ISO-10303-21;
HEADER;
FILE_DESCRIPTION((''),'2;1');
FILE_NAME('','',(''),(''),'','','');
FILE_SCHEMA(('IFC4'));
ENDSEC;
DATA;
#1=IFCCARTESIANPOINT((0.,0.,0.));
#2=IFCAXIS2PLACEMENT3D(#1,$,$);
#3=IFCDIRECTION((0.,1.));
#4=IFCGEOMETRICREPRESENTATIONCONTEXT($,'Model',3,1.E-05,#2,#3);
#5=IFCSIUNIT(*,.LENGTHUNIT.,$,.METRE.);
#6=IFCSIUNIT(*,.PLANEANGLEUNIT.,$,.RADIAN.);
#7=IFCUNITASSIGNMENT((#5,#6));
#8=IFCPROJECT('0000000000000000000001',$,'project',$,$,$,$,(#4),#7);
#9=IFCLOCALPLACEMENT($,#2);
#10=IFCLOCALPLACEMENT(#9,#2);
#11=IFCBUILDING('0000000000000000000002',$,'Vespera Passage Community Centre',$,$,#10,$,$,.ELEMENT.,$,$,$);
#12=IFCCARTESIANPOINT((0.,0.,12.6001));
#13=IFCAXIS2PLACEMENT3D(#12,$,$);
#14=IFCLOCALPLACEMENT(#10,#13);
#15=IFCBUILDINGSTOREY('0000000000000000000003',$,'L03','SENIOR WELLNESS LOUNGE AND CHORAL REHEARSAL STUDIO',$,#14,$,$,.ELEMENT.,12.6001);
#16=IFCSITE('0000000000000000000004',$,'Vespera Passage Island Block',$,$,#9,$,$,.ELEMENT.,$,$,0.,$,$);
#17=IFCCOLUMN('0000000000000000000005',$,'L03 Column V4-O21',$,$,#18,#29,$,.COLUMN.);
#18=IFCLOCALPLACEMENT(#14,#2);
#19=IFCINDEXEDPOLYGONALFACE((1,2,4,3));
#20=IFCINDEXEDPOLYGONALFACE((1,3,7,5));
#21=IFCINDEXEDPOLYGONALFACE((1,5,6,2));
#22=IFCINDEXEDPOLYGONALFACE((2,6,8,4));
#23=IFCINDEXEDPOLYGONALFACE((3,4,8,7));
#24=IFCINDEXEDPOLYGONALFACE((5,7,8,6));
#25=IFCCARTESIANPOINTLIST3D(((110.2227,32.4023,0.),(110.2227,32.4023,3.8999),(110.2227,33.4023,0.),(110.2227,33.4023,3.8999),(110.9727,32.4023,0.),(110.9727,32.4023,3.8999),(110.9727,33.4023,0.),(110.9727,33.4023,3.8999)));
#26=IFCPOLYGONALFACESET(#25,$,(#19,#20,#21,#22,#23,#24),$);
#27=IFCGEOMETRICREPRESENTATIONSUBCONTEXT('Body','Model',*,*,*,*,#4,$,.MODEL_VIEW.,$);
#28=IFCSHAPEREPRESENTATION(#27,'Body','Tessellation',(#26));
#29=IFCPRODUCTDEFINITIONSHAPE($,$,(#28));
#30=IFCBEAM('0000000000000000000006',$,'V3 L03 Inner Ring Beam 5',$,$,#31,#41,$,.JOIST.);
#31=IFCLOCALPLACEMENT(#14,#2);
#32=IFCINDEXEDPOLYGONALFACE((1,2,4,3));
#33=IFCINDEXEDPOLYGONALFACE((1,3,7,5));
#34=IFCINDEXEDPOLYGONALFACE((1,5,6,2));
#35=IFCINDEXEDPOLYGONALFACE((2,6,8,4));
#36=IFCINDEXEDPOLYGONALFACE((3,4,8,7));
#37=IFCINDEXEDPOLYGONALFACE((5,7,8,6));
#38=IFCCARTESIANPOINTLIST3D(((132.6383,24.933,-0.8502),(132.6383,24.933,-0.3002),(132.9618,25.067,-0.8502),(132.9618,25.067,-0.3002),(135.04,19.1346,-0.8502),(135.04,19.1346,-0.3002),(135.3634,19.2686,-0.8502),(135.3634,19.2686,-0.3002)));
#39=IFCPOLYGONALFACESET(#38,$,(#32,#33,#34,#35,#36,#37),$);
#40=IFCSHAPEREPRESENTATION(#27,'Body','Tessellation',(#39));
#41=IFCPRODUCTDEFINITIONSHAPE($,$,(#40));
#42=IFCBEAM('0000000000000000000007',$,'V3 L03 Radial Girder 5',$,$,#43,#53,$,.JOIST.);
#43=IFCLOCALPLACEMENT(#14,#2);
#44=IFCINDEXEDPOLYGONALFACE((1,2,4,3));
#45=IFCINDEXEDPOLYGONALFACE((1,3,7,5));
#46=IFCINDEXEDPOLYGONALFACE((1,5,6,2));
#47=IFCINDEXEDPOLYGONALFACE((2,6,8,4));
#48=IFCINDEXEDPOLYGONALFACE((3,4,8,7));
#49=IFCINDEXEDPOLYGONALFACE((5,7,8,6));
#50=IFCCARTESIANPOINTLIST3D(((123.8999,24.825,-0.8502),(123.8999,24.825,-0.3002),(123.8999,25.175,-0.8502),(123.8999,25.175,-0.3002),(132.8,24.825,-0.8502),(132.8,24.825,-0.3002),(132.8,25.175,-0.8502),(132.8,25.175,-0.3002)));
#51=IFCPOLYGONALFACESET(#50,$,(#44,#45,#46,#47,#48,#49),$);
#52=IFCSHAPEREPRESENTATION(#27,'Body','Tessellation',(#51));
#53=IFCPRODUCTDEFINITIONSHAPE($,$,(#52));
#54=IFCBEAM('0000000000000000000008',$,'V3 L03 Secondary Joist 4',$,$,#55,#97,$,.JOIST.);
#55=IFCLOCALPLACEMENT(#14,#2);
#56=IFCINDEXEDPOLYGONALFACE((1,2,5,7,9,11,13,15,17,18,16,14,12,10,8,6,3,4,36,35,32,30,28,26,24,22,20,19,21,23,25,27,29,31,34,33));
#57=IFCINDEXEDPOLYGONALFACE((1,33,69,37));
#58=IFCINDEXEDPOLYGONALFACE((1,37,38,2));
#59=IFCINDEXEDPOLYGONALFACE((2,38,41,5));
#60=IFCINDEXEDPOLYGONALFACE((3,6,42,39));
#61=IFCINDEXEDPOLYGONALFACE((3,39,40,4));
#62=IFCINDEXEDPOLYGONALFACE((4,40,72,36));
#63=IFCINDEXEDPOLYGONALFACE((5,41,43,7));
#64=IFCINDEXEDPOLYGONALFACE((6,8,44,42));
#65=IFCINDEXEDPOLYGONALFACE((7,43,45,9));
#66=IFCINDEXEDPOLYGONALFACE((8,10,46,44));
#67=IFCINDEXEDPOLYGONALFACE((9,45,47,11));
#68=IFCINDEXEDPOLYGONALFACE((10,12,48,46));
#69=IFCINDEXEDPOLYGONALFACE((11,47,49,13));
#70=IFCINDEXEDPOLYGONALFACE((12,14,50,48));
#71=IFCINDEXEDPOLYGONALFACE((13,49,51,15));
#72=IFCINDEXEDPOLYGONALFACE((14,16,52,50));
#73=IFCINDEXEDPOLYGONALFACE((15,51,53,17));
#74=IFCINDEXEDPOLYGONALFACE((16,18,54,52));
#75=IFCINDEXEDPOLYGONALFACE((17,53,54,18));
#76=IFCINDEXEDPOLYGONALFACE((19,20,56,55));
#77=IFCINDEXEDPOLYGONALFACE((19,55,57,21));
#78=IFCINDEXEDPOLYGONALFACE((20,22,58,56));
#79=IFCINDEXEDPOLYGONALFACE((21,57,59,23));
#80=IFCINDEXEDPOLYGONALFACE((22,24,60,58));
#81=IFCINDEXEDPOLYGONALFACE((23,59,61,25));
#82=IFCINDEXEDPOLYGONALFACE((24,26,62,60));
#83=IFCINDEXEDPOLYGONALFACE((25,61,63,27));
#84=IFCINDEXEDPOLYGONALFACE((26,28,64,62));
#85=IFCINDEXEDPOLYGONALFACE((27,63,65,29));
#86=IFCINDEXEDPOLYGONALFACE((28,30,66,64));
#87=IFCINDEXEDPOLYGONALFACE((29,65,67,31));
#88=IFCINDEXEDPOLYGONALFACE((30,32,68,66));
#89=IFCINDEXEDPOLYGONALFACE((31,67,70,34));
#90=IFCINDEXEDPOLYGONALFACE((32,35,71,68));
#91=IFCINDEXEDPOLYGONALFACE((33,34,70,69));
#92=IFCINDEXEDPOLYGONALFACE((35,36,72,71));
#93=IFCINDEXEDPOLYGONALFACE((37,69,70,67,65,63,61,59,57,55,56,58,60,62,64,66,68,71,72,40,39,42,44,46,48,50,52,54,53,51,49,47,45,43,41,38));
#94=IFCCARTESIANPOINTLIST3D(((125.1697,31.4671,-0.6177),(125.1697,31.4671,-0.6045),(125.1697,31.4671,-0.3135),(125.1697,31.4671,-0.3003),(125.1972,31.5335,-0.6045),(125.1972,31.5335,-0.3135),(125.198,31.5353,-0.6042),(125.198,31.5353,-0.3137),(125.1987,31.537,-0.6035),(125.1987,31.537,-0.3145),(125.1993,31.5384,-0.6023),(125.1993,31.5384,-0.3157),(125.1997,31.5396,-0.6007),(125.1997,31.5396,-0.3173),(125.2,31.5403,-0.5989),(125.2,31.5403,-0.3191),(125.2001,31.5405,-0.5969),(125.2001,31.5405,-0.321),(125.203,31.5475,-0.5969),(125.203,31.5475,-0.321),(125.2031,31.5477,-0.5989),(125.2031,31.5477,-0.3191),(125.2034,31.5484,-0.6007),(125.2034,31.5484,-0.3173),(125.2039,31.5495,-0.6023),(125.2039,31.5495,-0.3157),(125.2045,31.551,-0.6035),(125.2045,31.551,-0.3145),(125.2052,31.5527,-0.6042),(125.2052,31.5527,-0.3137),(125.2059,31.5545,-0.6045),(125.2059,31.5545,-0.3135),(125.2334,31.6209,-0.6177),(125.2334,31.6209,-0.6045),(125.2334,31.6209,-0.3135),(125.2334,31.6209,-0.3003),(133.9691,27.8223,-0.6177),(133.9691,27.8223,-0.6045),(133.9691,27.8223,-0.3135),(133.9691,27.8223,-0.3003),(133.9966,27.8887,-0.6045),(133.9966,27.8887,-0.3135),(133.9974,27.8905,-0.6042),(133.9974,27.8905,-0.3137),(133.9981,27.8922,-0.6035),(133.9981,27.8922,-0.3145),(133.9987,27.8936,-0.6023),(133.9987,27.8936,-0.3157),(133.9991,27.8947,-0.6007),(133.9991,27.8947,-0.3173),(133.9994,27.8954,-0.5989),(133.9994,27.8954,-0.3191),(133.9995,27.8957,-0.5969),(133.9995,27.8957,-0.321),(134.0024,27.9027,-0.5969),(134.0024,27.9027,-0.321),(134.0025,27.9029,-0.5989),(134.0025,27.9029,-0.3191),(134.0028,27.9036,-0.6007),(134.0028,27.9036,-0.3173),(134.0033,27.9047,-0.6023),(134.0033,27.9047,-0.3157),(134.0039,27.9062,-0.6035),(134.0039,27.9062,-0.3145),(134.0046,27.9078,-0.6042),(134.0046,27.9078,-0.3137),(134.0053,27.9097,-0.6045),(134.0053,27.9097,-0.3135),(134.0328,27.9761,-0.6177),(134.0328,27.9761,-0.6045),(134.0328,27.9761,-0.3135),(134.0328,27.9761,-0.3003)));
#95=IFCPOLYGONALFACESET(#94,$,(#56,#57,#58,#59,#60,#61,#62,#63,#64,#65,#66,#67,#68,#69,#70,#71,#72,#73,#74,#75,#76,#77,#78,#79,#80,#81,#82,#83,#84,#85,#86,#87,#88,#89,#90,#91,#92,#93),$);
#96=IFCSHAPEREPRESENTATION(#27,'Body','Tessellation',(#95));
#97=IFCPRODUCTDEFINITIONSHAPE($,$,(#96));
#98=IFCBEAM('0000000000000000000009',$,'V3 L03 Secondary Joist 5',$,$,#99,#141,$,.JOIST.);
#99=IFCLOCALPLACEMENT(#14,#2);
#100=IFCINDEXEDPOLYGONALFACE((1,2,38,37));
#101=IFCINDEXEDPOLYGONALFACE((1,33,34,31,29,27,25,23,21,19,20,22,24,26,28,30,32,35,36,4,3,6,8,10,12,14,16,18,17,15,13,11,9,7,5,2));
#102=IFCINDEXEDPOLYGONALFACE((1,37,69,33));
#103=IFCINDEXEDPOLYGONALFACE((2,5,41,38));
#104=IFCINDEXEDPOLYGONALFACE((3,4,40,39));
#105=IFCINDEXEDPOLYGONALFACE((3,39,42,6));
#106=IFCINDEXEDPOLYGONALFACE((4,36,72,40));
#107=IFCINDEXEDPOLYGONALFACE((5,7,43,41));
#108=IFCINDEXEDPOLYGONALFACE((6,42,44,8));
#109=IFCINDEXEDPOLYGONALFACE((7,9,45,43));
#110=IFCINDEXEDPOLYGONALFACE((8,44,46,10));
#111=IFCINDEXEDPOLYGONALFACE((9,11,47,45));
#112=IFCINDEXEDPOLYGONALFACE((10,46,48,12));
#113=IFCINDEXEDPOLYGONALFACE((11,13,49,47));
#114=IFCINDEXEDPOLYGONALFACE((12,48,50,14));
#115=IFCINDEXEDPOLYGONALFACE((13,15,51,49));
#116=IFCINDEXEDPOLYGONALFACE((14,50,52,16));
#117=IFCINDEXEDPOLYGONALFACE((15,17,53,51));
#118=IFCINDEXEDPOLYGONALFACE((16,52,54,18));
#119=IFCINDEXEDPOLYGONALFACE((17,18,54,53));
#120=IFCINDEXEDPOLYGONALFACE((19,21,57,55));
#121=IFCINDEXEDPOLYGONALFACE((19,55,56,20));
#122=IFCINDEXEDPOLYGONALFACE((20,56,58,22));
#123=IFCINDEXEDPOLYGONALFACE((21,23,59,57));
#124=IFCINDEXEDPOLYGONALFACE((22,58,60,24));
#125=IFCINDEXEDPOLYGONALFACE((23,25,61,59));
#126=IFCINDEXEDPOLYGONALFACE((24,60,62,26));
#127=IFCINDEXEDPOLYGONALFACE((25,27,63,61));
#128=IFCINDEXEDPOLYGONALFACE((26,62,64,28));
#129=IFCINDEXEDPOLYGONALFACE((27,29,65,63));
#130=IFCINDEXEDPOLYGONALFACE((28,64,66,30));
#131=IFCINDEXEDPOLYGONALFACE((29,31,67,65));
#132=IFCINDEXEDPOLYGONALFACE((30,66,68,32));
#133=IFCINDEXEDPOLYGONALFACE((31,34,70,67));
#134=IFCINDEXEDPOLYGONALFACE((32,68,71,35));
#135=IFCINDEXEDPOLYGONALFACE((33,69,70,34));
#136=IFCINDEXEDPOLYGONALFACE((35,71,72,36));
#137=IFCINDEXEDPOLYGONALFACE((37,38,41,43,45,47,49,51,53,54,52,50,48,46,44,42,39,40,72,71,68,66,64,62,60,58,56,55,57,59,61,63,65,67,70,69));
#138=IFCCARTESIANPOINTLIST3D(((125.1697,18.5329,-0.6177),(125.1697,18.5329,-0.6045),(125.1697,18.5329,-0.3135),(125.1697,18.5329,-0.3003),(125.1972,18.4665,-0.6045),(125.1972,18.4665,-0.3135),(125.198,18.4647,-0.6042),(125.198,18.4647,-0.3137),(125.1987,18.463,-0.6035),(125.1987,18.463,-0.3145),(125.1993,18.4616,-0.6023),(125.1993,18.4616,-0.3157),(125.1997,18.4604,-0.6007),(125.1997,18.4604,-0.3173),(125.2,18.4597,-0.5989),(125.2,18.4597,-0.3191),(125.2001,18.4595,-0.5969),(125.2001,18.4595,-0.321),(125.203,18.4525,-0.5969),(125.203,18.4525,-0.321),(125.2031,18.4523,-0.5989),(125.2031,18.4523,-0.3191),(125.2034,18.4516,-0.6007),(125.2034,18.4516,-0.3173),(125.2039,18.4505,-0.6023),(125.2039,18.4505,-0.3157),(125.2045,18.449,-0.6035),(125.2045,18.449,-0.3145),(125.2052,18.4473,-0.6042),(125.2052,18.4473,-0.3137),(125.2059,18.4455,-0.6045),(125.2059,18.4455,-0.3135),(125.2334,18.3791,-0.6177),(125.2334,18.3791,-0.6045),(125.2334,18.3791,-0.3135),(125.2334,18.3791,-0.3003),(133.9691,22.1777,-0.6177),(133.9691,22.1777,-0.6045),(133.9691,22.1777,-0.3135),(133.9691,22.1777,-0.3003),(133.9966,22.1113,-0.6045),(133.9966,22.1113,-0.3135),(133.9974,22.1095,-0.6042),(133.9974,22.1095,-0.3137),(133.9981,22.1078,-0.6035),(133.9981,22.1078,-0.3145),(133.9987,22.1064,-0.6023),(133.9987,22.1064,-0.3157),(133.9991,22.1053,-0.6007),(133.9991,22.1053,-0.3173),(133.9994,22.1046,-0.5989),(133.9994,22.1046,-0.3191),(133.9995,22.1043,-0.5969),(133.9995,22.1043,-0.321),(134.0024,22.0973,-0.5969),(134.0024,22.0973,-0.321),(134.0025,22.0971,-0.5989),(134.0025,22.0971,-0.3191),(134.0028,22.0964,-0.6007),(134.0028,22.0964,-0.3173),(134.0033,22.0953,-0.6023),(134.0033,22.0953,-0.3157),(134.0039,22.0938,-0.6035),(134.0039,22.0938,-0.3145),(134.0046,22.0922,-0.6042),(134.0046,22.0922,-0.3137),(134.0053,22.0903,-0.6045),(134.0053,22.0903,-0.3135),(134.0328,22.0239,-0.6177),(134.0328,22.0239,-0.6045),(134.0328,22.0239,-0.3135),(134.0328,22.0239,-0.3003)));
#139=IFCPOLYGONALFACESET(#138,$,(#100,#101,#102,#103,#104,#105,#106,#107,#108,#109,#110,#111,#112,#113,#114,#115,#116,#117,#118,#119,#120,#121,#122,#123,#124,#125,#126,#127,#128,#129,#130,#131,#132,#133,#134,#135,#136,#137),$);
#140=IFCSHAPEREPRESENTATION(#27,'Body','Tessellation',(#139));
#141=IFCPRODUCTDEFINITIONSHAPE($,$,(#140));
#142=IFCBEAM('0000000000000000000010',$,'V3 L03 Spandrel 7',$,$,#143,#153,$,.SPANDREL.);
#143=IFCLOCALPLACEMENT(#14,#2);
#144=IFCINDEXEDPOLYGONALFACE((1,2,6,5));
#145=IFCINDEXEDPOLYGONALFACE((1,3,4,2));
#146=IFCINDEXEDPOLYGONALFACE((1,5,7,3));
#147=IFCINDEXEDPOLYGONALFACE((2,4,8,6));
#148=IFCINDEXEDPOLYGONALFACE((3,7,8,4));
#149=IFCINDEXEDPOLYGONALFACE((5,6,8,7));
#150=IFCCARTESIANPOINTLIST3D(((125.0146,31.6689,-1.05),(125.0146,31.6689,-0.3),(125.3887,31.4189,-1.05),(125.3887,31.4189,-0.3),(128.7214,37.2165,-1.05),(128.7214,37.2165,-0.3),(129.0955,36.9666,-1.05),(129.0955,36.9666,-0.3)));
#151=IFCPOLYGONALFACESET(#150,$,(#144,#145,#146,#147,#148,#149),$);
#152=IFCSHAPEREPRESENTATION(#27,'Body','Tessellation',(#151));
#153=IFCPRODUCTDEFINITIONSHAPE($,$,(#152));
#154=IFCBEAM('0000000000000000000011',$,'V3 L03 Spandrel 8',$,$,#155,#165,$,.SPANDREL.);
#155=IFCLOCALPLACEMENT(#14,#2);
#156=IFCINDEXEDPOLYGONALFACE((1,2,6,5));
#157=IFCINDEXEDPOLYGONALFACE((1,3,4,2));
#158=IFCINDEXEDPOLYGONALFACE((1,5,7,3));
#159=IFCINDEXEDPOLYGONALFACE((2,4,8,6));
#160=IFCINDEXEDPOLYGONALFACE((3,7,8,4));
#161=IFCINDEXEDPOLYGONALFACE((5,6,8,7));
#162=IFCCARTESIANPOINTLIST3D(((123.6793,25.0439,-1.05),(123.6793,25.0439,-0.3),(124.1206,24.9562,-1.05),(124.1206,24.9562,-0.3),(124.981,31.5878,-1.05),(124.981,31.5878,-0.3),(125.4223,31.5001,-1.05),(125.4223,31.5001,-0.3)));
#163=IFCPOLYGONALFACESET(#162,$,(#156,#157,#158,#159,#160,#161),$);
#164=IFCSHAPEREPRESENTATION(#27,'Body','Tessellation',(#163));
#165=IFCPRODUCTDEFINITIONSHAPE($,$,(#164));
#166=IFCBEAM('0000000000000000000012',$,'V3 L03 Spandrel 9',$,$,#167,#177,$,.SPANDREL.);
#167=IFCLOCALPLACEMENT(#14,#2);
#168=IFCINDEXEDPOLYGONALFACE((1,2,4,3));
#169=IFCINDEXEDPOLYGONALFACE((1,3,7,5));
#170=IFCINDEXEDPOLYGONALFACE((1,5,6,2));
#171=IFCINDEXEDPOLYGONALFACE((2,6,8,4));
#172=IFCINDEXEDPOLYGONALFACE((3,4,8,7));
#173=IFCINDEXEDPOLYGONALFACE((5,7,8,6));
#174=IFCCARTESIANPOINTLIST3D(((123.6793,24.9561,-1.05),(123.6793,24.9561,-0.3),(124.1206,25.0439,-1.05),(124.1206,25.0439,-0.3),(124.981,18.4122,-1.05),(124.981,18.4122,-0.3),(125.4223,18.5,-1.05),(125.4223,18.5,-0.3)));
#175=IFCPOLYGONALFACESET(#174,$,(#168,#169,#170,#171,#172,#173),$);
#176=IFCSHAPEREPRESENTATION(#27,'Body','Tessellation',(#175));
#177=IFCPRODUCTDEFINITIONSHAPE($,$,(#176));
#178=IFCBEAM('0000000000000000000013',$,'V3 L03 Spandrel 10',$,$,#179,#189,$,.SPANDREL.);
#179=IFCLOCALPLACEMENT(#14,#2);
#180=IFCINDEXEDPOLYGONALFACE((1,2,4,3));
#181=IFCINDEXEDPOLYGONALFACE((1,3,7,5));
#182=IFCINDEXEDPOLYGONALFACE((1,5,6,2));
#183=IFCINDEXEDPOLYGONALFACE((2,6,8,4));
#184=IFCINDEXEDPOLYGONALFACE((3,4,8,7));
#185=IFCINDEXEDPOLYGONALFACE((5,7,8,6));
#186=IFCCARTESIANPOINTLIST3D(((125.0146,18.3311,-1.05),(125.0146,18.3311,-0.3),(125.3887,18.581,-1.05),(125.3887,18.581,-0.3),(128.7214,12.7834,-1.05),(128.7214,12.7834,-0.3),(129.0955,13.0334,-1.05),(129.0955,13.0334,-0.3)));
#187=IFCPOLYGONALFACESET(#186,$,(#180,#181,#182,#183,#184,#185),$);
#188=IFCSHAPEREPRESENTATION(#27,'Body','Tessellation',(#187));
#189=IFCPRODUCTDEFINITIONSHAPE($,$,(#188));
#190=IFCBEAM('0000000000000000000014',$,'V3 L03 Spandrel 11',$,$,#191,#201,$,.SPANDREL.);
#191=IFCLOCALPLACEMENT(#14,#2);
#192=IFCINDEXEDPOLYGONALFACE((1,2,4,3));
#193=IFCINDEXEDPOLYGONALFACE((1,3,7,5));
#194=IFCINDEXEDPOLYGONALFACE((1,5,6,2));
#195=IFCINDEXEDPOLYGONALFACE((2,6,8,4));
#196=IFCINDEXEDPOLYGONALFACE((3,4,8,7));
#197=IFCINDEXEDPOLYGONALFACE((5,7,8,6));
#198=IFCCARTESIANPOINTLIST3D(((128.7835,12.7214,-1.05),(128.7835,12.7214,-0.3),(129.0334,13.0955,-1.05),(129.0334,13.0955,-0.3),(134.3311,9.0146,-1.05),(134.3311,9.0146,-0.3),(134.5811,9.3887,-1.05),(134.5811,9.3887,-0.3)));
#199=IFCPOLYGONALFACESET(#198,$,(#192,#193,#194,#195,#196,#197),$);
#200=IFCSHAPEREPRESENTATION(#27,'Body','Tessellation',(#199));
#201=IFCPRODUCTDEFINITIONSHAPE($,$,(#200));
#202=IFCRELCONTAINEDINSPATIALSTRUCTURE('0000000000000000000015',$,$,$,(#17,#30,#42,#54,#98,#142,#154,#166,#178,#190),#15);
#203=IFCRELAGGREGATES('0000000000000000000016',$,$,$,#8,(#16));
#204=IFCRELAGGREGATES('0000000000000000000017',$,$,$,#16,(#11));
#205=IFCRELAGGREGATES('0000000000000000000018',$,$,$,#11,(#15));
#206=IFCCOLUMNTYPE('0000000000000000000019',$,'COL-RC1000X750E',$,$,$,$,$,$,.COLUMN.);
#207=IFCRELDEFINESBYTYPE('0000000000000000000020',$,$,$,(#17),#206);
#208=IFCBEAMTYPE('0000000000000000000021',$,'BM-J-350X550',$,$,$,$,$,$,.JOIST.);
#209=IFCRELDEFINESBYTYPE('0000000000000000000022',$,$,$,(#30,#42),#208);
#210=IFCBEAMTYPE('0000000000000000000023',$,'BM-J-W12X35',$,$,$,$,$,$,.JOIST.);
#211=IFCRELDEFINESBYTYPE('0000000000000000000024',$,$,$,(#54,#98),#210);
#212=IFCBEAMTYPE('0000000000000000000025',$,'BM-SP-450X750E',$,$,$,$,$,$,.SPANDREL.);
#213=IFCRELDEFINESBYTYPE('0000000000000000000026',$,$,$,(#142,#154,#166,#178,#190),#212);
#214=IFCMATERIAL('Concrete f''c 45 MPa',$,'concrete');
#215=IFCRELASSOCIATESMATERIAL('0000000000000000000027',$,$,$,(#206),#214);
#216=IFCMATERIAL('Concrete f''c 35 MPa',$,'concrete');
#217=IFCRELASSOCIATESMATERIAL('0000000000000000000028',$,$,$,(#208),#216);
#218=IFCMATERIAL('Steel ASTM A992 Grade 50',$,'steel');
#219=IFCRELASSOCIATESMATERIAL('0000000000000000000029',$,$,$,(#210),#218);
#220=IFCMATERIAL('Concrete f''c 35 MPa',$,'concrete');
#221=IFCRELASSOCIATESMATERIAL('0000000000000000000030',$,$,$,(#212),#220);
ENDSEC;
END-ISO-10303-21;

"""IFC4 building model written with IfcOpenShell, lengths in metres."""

from ifc_helpers import new_model, si_unit, direction, frame, origin, origin_2d, place, context, subcontext, project, spatial, rectangle, i_section, extrude, material, material_profile, profile_set, type_object, element, save


model = new_model("IFC4")

# Units and contexts
model_context = context("Model", 3, precision=1e-05, world=origin(), true_north=direction((0.0, 1.0)))
body_context = subcontext(model_context, "Body", "Model", "MODEL_VIEW")
ifc_project = project(units=[si_unit("LENGTHUNIT", "METRE"), si_unit("PLANEANGLEUNIT", "RADIAN")], contexts=[model_context])

# Site, building, storey
site_placement = place(None, origin())
site = spatial("IfcSite", under=ifc_project, at=site_placement, Name="Vespera Passage Island Block", CompositionType="ELEMENT", RefElevation=0.0)
building_placement = place(site_placement, origin())
building = spatial("IfcBuilding", under=site, at=building_placement, Name="Vespera Passage Community Centre", CompositionType="ELEMENT")
storey_placement = place(building_placement, frame((0.0, 0.0, 12.6001)))
storey = spatial("IfcBuildingStorey", under=building, at=storey_placement, Name="L03", Description="SENIOR WELLNESS LOUNGE AND CHORAL REHEARSAL STUDIO", CompositionType="ELEMENT", Elevation=12.6001)

# Column
ifc_material_1 = material(Name="Concrete f'c 45 MPa", Category="concrete")
ifc_material_profile_1 = material_profile(ifc_material_1, rectangle(XDim=0.75, YDim=1.0, at=origin_2d()), Name="RC1000X750")
ifc_profile_set_1 = profile_set([ifc_material_profile_1], Name="Concrete f'c 45 MPa")
column_type = type_object("IfcColumnType", Name="COL-RC1000X750E", PredefinedType="COLUMN", material=ifc_profile_set_1)
column_placement = place(storey_placement, frame((110.5977, 32.9023, 0.0), z_axis=(0.0, 0.0, 1.0), x_axis=(1.0, 0.0, 0.0)))
element("IfcColumn", 1, at=column_placement, inside=storey, type_object=column_type, Name="L03 Column V4-O21", PredefinedType="COLUMN", context=body_context, shape_type="SweptSolid", body=[
    extrude(rectangle(XDim=0.75, YDim=1.0, at=origin_2d()), origin(), (0.0, 0.0, 1.0), 3.8999),
])

# Beams
ifc_material_2 = material(Name="Concrete f'c 35 MPa", Category="concrete")
ifc_material_profile_2 = material_profile(ifc_material_2, rectangle(XDim=0.3501, YDim=0.55, at=origin_2d()), Name="RC350X550")
ifc_profile_set_2 = profile_set([ifc_material_profile_2], Name="Concrete f'c 35 MPa")
beam_type_1 = type_object("IfcBeamType", Name="BM-J-350X550", PredefinedType="JOIST", material=ifc_profile_set_2)
beam_1_placement = place(storey_placement, frame((132.8, 25.0, -0.5752), z_axis=(0.382664, -0.923887, 0.0), x_axis=(0.923887, 0.382664, 0.0)))
element("IfcBeam", 2, at=beam_1_placement, inside=storey, type_object=beam_type_1, Name="V3 L03 Inner Ring Beam 5", PredefinedType="JOIST", context=body_context, shape_type="SweptSolid", body=[
    extrude(rectangle(XDim=0.3501, YDim=0.55, at=origin_2d()), origin(), (0.0, 0.0, 1.0), 6.2761),
])
beam_2_placement = place(storey_placement, frame((132.8, 25.0, -0.5752), z_axis=(-1.0, 0.0, 0.0), x_axis=(0.0, -1.0, 0.0)))
element("IfcBeam", 3, at=beam_2_placement, inside=storey, type_object=beam_type_1, Name="V3 L03 Radial Girder 5", PredefinedType="JOIST", context=body_context, shape_type="SweptSolid", body=[
    extrude(rectangle(XDim=0.3501, YDim=0.55, at=origin_2d()), origin(), (0.0, 0.0, 1.0), 8.9001),
])
ifc_material_3 = material(Name="Steel ASTM A992 Grade 50", Category="steel")
ifc_material_profile_3 = material_profile(ifc_material_3, i_section(OverallWidth=0.1665, OverallDepth=0.3174, WebThickness=0.0076, FlangeThickness=0.0132, FilletRadius=0.0076, at=origin_2d()), Name="W12X35")
ifc_profile_set_3 = profile_set([ifc_material_profile_3], Name="Steel ASTM A992 Grade 50")
beam_type_2 = type_object("IfcBeamType", Name="BM-J-W12X35", PredefinedType="JOIST", material=ifc_profile_set_3)
for number, where, z_axis, x_axis, name in (
    (4, (134.001, 27.8992, -0.459), (-0.92388, 0.382682, 0.0), (-0.382682, -0.92388, 0.0), "V3 L03 Secondary Joist 4"),
    (5, (134.001, 22.1008, -0.459), (-0.92388, -0.382682, 0.0), (0.382682, -0.92388, 0.0), "V3 L03 Secondary Joist 5"),
):
    element("IfcBeam", number, at=place(storey_placement, frame(where, z_axis=z_axis, x_axis=x_axis)), inside=storey, type_object=beam_type_2, Name=name, PredefinedType="JOIST", context=body_context, shape_type="SweptSolid", body=[
        extrude(i_section(OverallWidth=0.1665, OverallDepth=0.3174, WebThickness=0.0076, FlangeThickness=0.0132, FilletRadius=0.0076, at=origin_2d()), origin(), (0.0, 0.0, 1.0), 9.5244),
    ])
ifc_material_4 = material(Name="Concrete f'c 35 MPa", Category="concrete")
ifc_material_profile_4 = material_profile(ifc_material_4, rectangle(XDim=0.45, YDim=0.75, at=origin_2d()), Name="RC450X750")
ifc_profile_set_4 = profile_set([ifc_material_profile_4], Name="Concrete f'c 35 MPa")
beam_type_3 = type_object("IfcBeamType", Name="BM-SP-450X750E", PredefinedType="SPANDREL", material=ifc_profile_set_4)
for number, where, z_axis, x_axis, name in (
    (6, (128.9084, 37.0916, -0.675), (-0.55557, -0.83147, 0.0), (0.83147, -0.55557, 0.0), "V3 L03 Spandrel 7"),
    (7, (125.2017, 31.5439, -0.675), (-0.195103, -0.980783, 0.0), (0.980783, -0.195103, 0.0), "V3 L03 Spandrel 8"),
    (8, (123.8999, 25.0, -0.675), (0.195103, -0.980783, 0.0), (0.980783, 0.195103, 0.0), "V3 L03 Spandrel 9"),
    (9, (125.2017, 18.4561, -0.675), (0.55557, -0.83147, 0.0), (0.83147, 0.55557, 0.0), "V3 L03 Spandrel 10"),
    (10, (128.9084, 12.9084, -0.675), (0.83147, -0.55557, 0.0), (0.55557, 0.83147, 0.0), "V3 L03 Spandrel 11"),
):
    element("IfcBeam", number, at=place(storey_placement, frame(where, z_axis=z_axis, x_axis=x_axis)), inside=storey, type_object=beam_type_3, Name=name, PredefinedType="SPANDREL", context=body_context, shape_type="SweptSolid", body=[
        extrude(rectangle(XDim=0.45, YDim=0.75, at=origin_2d()), origin(), (0.0, 0.0, 1.0), 6.6721),
    ])

save(model, "model.ifc")
